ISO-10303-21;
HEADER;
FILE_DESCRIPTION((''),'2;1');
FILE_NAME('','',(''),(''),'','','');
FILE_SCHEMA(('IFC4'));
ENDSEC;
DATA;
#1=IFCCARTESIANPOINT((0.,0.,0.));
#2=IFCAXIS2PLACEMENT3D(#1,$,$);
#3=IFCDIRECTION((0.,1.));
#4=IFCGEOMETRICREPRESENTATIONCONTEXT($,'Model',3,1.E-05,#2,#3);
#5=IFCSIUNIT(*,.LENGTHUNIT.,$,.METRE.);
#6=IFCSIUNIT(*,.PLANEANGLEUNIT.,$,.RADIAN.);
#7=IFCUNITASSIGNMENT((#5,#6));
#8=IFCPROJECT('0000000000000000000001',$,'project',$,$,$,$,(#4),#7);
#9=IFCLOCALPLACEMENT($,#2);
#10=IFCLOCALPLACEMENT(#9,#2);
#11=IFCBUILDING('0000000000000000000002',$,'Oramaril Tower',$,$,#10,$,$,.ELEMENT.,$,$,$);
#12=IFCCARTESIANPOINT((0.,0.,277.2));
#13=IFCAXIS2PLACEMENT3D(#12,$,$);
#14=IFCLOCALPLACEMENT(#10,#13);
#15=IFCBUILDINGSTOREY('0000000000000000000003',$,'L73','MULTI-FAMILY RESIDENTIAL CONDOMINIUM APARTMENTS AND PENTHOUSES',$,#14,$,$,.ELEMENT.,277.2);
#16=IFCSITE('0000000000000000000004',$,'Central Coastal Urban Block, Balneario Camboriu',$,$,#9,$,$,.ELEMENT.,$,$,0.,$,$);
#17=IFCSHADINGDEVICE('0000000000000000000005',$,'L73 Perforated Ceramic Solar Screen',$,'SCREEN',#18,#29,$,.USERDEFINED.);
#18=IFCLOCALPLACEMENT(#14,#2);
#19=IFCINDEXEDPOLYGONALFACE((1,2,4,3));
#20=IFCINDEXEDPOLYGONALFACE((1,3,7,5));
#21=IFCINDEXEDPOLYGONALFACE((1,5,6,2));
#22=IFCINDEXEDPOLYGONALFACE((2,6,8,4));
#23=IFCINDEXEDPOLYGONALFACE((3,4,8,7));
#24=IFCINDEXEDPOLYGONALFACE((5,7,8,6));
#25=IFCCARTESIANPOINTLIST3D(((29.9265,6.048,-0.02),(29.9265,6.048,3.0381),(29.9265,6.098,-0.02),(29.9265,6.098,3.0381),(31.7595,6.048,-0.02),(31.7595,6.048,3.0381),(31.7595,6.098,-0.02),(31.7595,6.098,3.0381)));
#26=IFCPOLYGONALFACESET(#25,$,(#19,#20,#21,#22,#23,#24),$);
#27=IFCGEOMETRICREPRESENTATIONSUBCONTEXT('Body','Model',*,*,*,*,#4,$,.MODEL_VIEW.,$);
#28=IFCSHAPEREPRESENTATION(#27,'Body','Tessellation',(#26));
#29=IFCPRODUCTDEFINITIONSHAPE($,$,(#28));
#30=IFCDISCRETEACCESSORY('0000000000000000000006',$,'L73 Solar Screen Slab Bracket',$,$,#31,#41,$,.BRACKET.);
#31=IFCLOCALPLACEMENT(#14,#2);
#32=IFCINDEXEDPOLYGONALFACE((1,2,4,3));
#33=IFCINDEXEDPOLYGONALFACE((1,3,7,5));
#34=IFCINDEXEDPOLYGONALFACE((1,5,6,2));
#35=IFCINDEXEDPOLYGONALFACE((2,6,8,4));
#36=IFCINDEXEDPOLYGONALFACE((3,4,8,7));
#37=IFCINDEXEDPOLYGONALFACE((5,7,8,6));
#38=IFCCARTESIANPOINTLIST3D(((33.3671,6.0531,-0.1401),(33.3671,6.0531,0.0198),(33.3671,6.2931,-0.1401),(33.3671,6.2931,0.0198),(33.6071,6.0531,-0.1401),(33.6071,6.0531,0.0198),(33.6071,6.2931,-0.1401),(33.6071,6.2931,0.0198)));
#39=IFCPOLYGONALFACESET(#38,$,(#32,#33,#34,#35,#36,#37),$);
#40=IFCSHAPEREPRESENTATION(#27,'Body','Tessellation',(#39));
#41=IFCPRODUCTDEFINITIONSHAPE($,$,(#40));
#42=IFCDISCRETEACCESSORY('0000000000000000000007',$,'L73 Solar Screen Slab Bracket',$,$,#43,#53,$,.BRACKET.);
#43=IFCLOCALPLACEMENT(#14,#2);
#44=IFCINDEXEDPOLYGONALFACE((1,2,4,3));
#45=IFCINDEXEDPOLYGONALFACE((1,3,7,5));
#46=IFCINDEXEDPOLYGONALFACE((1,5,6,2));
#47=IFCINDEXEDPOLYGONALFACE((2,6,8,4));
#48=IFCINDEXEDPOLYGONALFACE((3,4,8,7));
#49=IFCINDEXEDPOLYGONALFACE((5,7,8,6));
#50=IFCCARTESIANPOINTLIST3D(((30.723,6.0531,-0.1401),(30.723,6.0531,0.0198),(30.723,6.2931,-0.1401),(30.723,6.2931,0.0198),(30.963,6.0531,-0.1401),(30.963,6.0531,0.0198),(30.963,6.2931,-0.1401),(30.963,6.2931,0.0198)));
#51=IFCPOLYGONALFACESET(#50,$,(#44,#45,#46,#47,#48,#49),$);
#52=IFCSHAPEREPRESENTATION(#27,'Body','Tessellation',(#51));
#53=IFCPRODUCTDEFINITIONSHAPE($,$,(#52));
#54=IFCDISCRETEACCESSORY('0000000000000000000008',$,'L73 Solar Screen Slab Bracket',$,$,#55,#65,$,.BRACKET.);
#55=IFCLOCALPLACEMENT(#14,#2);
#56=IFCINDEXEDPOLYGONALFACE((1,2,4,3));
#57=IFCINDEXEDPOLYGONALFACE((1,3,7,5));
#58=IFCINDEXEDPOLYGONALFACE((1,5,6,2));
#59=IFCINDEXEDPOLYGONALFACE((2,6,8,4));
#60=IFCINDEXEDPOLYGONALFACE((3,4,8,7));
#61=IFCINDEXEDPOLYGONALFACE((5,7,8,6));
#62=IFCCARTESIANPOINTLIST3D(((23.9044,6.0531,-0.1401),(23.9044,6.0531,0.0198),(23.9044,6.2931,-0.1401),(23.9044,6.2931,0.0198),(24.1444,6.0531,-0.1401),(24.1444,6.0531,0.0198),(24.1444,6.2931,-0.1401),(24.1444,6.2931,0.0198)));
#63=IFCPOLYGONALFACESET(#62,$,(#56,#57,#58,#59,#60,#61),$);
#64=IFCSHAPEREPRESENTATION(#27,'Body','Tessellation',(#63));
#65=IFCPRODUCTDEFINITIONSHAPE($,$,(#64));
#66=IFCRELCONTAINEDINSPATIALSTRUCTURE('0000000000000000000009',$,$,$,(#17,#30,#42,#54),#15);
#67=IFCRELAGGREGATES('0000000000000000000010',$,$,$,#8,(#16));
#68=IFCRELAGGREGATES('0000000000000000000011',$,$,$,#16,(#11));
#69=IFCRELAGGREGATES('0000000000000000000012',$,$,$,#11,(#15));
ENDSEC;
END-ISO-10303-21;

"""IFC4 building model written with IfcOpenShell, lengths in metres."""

from ifc_helpers import new_model, si_unit, direction, frame, origin, origin_2d, place, context, subcontext, project, spatial, rectangle, extrude, element, save


model = new_model("IFC4")

# Units and contexts
model_context = context("Model", 3, precision=1e-05, world=origin(), true_north=direction((0.0, 1.0)))
body_context = subcontext(model_context, "Body", "Model", "MODEL_VIEW")
ifc_project = project(units=[si_unit("LENGTHUNIT", "METRE"), si_unit("PLANEANGLEUNIT", "RADIAN")], contexts=[model_context])

# Site, building, storey
site_placement = place(None, origin())
site = spatial("IfcSite", under=ifc_project, at=site_placement, Name="Central Coastal Urban Block, Balneario Camboriu", CompositionType="ELEMENT", RefElevation=0.0)
building_placement = place(site_placement, origin())
building = spatial("IfcBuilding", under=site, at=building_placement, Name="Oramaril Tower", CompositionType="ELEMENT")
storey_placement = place(building_placement, frame((0.0, 0.0, 277.2)))
storey = spatial("IfcBuildingStorey", under=building, at=storey_placement, Name="L73", Description="MULTI-FAMILY RESIDENTIAL CONDOMINIUM APARTMENTS AND PENTHOUSES", CompositionType="ELEMENT", Elevation=277.2)

# Shading device
for number, where, z_axis, x_axis, name in (
    (1, (30.843, 6.073, -0.02), (0.0, 0.0, 1.0), (1.0, 0.0, 0.0), "L73 Perforated Ceramic Solar Screen"),
):
    element("IfcShadingDevice", number, at=place(storey_placement, frame(where, z_axis=z_axis, x_axis=x_axis)), inside=storey, Name=name, ObjectType="SCREEN", PredefinedType="USERDEFINED", context=body_context, shape_type="SweptSolid", body=[
        extrude(rectangle(XDim=1.833, YDim=0.05, at=origin_2d()), origin(), (0.0, 0.0, 1.0), 3.0581),
    ])

# Discrete accessories
for number, where, z_axis, x_axis, name in (
    (2, (33.4871, 6.1731, -0.1401), (0.0, 0.0, 1.0), (1.0, 0.0, 0.0), "L73 Solar Screen Slab Bracket"),
    (3, (30.843, 6.1731, -0.1401), (0.0, 0.0, 1.0), (1.0, 0.0, 0.0), "L73 Solar Screen Slab Bracket"),
    (4, (24.0244, 6.1731, -0.1401), (0.0, 0.0, 1.0), (1.0, 0.0, 0.0), "L73 Solar Screen Slab Bracket"),
):
    element("IfcDiscreteAccessory", number, at=place(storey_placement, frame(where, z_axis=z_axis, x_axis=x_axis)), inside=storey, Name=name, PredefinedType="BRACKET", context=body_context, shape_type="SweptSolid", body=[
        extrude(rectangle(XDim=0.24, YDim=0.24, at=origin_2d()), origin(), (0.0, 0.0, 1.0), 0.1599),
    ])

save(model, "model.ifc")
